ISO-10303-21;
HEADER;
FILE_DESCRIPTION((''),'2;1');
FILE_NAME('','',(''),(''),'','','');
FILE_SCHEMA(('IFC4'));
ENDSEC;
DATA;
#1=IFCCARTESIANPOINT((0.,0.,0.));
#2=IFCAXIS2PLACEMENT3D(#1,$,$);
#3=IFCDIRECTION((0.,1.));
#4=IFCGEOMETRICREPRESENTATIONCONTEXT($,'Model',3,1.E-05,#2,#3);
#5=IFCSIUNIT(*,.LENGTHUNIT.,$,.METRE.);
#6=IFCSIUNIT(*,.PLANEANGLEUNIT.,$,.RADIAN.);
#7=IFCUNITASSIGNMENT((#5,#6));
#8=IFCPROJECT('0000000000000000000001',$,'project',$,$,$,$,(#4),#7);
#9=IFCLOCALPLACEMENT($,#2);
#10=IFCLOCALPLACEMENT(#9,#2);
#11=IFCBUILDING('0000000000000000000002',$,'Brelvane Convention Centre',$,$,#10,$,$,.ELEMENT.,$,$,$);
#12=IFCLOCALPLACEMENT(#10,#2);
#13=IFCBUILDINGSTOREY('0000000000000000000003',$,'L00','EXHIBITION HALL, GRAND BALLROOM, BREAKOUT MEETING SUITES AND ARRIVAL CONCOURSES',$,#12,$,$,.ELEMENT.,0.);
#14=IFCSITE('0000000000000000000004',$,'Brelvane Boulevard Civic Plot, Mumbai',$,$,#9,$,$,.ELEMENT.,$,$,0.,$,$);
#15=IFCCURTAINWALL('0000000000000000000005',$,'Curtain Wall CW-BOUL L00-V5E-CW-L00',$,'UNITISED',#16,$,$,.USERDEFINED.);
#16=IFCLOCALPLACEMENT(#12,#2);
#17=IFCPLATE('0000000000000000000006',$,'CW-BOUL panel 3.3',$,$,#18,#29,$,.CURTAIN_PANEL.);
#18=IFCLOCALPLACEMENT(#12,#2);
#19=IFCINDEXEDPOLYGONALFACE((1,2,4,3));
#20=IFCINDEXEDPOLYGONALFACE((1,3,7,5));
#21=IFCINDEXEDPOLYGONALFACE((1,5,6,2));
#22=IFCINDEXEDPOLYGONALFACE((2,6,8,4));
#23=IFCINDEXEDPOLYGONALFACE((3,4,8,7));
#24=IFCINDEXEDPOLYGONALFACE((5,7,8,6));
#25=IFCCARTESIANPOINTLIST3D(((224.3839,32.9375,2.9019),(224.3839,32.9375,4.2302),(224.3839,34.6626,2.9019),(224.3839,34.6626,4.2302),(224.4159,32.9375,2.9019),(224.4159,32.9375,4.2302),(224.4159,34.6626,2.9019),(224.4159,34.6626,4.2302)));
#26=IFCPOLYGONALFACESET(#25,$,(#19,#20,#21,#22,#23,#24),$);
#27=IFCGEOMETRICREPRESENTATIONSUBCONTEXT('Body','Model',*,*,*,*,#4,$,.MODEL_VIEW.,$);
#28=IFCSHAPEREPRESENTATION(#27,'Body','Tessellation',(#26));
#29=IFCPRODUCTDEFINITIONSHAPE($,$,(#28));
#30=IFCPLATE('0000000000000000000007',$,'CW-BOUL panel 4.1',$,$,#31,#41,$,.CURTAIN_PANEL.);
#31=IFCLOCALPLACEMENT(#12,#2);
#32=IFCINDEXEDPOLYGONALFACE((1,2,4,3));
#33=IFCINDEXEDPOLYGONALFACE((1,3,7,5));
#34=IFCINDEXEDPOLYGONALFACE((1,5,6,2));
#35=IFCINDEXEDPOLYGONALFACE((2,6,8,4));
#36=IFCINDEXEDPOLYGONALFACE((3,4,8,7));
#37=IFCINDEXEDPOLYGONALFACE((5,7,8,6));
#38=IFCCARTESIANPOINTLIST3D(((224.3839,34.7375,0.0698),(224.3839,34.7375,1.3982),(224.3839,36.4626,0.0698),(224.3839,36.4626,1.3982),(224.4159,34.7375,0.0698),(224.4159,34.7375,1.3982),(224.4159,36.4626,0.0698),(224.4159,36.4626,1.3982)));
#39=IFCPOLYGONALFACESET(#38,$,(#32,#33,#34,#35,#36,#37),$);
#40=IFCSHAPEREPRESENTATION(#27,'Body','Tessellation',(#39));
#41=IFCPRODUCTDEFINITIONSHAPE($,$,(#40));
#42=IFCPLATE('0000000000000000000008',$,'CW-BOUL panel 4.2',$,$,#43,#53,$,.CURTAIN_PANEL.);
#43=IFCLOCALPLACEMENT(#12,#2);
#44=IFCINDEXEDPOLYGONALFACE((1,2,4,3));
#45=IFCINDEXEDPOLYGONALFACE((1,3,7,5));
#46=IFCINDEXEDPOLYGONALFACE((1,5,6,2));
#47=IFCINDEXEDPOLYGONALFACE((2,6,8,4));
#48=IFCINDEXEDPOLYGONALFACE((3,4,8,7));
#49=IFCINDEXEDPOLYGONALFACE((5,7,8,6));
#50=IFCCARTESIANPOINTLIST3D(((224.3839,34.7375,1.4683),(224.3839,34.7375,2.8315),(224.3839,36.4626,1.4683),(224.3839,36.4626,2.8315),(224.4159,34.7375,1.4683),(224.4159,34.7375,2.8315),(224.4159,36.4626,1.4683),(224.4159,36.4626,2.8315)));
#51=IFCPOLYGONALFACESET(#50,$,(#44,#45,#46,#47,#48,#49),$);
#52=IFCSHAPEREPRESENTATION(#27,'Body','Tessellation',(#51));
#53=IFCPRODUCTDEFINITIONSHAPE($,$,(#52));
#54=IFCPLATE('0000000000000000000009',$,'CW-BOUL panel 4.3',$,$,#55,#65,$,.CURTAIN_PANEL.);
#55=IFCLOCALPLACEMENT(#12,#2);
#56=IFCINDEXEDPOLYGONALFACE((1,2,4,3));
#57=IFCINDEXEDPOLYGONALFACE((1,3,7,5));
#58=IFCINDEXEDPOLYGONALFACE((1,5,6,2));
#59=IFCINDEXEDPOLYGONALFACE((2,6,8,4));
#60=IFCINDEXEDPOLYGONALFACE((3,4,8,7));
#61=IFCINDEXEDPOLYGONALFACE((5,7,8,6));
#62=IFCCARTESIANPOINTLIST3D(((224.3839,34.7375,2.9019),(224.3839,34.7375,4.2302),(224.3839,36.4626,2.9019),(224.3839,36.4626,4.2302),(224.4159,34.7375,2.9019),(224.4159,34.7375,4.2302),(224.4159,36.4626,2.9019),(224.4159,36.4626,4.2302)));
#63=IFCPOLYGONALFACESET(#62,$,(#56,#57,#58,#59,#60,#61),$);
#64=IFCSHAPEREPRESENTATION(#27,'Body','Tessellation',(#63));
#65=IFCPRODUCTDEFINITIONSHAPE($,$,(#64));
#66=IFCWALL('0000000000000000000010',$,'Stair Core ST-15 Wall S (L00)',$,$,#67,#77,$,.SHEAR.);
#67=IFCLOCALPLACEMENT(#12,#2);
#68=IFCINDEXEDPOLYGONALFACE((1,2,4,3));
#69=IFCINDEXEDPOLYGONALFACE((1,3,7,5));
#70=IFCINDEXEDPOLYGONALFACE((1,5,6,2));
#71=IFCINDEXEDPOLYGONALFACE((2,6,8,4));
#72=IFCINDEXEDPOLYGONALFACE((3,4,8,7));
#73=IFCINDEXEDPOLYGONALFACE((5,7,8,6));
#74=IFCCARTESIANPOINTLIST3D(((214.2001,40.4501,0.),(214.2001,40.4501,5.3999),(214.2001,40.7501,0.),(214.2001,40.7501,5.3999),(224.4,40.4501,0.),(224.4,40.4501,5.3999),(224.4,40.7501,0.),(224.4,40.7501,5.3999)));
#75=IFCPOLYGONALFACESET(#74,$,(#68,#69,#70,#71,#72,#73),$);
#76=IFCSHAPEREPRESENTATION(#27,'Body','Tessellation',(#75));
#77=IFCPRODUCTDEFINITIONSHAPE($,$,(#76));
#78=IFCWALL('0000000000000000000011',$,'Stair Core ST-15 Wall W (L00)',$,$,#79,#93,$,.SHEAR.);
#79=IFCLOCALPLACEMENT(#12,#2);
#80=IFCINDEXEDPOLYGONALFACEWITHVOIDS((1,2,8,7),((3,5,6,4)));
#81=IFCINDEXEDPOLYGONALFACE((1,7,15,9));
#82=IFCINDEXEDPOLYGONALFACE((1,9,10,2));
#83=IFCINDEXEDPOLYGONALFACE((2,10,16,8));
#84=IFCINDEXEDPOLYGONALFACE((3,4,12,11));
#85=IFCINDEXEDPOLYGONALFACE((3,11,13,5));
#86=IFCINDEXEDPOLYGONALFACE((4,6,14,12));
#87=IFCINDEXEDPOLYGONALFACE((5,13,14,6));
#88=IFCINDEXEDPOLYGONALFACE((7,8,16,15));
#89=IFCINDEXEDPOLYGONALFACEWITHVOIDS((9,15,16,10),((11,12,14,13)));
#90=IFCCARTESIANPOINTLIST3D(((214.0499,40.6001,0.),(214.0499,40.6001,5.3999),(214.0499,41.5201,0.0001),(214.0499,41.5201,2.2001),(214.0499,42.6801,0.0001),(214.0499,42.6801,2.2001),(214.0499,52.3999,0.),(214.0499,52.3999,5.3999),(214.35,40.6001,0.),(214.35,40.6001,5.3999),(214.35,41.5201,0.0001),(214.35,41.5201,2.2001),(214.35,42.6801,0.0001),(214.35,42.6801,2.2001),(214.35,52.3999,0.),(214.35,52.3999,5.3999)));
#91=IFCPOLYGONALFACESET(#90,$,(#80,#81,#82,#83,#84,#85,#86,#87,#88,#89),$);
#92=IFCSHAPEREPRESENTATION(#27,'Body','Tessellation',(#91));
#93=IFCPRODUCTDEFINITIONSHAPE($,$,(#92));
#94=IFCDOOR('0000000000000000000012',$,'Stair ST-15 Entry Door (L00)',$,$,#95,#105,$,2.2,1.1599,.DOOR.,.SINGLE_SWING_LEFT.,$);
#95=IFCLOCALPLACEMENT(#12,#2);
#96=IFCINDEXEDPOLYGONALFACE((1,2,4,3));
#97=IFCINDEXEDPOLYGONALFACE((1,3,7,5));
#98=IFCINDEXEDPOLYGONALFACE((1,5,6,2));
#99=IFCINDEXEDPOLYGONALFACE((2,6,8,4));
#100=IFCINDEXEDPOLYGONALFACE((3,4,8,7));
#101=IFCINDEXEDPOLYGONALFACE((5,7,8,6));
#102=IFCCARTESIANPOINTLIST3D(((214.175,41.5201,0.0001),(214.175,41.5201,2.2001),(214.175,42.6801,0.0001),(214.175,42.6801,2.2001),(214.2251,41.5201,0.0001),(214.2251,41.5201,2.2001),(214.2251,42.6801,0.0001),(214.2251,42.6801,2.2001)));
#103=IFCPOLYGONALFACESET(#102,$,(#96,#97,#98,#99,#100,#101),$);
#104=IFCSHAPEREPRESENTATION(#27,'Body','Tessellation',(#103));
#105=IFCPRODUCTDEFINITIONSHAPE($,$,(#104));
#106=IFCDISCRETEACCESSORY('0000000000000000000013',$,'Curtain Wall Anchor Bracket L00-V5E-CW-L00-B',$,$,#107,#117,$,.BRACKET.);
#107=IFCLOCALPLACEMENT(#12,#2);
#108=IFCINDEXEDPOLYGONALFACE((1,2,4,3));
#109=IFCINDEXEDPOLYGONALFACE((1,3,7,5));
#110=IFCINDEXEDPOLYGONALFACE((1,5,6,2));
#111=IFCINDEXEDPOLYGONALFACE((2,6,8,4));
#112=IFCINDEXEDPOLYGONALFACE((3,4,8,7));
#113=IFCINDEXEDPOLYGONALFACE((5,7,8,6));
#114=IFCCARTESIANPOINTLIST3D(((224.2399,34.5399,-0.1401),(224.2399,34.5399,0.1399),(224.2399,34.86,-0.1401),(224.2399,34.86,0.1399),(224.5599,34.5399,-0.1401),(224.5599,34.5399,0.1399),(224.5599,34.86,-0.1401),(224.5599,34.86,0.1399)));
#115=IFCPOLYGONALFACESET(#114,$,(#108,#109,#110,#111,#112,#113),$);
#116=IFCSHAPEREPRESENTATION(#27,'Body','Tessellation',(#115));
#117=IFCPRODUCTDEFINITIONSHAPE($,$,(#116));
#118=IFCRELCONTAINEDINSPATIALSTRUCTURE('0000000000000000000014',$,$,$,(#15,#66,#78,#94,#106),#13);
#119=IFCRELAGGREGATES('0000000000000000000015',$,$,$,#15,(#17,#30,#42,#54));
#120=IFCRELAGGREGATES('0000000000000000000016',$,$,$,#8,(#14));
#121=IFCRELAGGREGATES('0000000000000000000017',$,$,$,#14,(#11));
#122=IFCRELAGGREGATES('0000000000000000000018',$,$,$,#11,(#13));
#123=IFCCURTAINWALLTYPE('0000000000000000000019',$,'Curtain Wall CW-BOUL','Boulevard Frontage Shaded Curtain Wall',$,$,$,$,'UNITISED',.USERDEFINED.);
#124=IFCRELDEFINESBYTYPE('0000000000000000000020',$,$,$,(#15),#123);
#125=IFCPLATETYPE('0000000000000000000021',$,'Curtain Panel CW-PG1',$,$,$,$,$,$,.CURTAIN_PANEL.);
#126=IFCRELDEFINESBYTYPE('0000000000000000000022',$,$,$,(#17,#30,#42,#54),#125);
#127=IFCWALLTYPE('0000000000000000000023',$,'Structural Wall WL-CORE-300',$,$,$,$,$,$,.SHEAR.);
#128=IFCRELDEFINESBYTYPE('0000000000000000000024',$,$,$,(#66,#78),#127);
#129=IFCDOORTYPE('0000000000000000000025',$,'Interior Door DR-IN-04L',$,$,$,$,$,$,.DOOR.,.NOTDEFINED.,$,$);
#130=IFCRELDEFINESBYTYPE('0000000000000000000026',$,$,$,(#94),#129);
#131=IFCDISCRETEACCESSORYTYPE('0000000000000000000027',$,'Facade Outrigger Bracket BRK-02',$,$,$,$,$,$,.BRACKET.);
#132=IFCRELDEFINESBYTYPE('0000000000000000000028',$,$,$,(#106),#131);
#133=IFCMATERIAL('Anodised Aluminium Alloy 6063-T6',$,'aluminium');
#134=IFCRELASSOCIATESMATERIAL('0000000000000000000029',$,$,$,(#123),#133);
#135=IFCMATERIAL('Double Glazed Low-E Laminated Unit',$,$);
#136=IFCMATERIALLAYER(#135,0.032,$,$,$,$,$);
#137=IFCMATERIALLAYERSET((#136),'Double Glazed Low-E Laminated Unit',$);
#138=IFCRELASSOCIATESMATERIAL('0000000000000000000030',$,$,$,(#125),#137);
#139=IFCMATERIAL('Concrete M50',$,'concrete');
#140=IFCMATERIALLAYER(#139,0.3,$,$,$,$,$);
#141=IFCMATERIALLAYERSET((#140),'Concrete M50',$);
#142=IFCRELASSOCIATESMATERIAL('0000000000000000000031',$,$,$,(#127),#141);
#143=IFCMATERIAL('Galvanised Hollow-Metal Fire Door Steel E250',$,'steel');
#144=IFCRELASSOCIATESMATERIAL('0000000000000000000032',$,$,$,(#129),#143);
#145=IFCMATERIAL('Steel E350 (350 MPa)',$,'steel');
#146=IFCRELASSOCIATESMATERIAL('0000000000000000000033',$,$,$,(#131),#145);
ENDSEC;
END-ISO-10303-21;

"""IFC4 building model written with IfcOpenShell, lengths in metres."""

from ifc_helpers import new_model, si_unit, direction, frame, frame_2d, origin, origin_2d, place, context, subcontext, project, spatial, rectangle, extrude, material, layer, layer_set, type_object, element, fill, aggregate, save


model = new_model("IFC4")

# Units and contexts
model_context = context("Model", 3, precision=1e-05, world=origin(), true_north=direction((0.0, 1.0)))
body_context = subcontext(model_context, "Body", "Model", "MODEL_VIEW")
ifc_project = project(units=[si_unit("LENGTHUNIT", "METRE"), si_unit("PLANEANGLEUNIT", "RADIAN")], contexts=[model_context])

# Site, building, storey
site_placement = place(None, origin())
site = spatial("IfcSite", under=ifc_project, at=site_placement, Name="Brelvane Boulevard Civic Plot, Mumbai", CompositionType="ELEMENT", RefElevation=0.0)
building_placement = place(site_placement, origin())
building = spatial("IfcBuilding", under=site, at=building_placement, Name="Brelvane Convention Centre", CompositionType="ELEMENT")
storey_placement = place(building_placement, origin())
storey = spatial("IfcBuildingStorey", under=building, at=storey_placement, Name="L00", Description="EXHIBITION HALL, GRAND BALLROOM, BREAKOUT MEETING SUITES AND ARRIVAL CONCOURSES", CompositionType="ELEMENT", Elevation=0.0)

# Curtain wall
ifc_material_1 = material(Name="Anodised Aluminium Alloy 6063-T6", Category="aluminium")
curtain_wall_type = type_object("IfcCurtainWallType", Name="Curtain Wall CW-BOUL", Description="Boulevard Frontage Shaded Curtain Wall", ElementType="UNITISED", PredefinedType="USERDEFINED", material=ifc_material_1)
curtain_wall_placement = place(storey_placement, origin())
curtain_wall = element("IfcCurtainWall", 1, at=curtain_wall_placement, inside=storey, type_object=curtain_wall_type, Name="Curtain Wall CW-BOUL L00-V5E-CW-L00", ObjectType="UNITISED", PredefinedType="USERDEFINED")

# Plates
ifc_material_2 = material(Name="Double Glazed Low-E Laminated Unit")
ifc_layer_1 = layer(ifc_material_2, 0.032)
ifc_layer_set_1 = layer_set([ifc_layer_1], Name="Double Glazed Low-E Laminated Unit")
plate_type = type_object("IfcPlateType", Name="Curtain Panel CW-PG1", PredefinedType="CURTAIN_PANEL", material=ifc_layer_set_1)
plate_1_placement = place(storey_placement, frame((224.3999, 33.8, 2.9019), z_axis=(0.0, 0.0, 1.0), x_axis=(0.0, 1.0, 0.0)))
plate_1 = element("IfcPlate", 2, at=plate_1_placement, type_object=plate_type, Name="CW-BOUL panel 3.3", PredefinedType="CURTAIN_PANEL", context=body_context, shape_type="SweptSolid", body=[
    extrude(rectangle(XDim=1.7251, YDim=0.032, at=origin_2d()), origin(), (0.0, 0.0, 1.0), 1.3284),
])
plate_2_placement = place(storey_placement, frame((224.3999, 35.6001, 0.0698), z_axis=(0.0, 0.0, 1.0), x_axis=(0.0, 1.0, 0.0)))
plate_2 = element("IfcPlate", 3, at=plate_2_placement, type_object=plate_type, Name="CW-BOUL panel 4.1", PredefinedType="CURTAIN_PANEL", context=body_context, shape_type="SweptSolid", body=[
    extrude(rectangle(XDim=1.7251, YDim=0.032, at=origin_2d()), origin(), (0.0, 0.0, 1.0), 1.3284),
])
plate_3_placement = place(storey_placement, frame((224.3999, 35.6001, 1.4683), z_axis=(0.0, 0.0, 1.0), x_axis=(0.0, 1.0, 0.0)))
plate_3 = element("IfcPlate", 4, at=plate_3_placement, type_object=plate_type, Name="CW-BOUL panel 4.2", PredefinedType="CURTAIN_PANEL", context=body_context, shape_type="SweptSolid", body=[
    extrude(rectangle(XDim=1.7251, YDim=0.032, at=origin_2d()), origin(), (0.0, 0.0, 1.0), 1.3633),
])
plate_4_placement = place(storey_placement, frame((224.3999, 35.6001, 2.9019), z_axis=(0.0, 0.0, 1.0), x_axis=(0.0, 1.0, 0.0)))
plate_4 = element("IfcPlate", 5, at=plate_4_placement, type_object=plate_type, Name="CW-BOUL panel 4.3", PredefinedType="CURTAIN_PANEL", context=body_context, shape_type="SweptSolid", body=[
    extrude(rectangle(XDim=1.7251, YDim=0.032, at=origin_2d()), origin(), (0.0, 0.0, 1.0), 1.3284),
])
aggregate(curtain_wall, [plate_1, plate_2, plate_3, plate_4])

# Wall
ifc_material_3 = material(Name="Concrete M50", Category="concrete")
ifc_layer_2 = layer(ifc_material_3, 0.3)
ifc_layer_set_2 = layer_set([ifc_layer_2], Name="Concrete M50")
wall_type = type_object("IfcWallType", Name="Structural Wall WL-CORE-300", PredefinedType="SHEAR", material=ifc_layer_set_2)
wall_1_placement = place(storey_placement, frame((214.2, 40.6001, 0.0), z_axis=(0.0, 0.0, 1.0), x_axis=(1.0, 0.0, 0.0)))
element("IfcWall", 6, at=wall_1_placement, inside=storey, type_object=wall_type, Name="Stair Core ST-15 Wall S (L00)", PredefinedType="SHEAR", context=body_context, shape_type="SweptSolid", body=[
    extrude(rectangle(XDim=10.2, YDim=0.3, at=frame_2d((5.1001, 0.0))), origin(), (0.0, 0.0, 1.0), 5.3999),
])

# Wall, opening, door
wall_2_placement = place(storey_placement, frame((214.2, 40.6001, 0.0), z_axis=(0.0, 0.0, 1.0), x_axis=(0.0, 1.0, 0.0)))
wall_2 = element("IfcWall", 7, at=wall_2_placement, inside=storey, type_object=wall_type, Name="Stair Core ST-15 Wall W (L00)", PredefinedType="SHEAR", context=body_context, shape_type="SweptSolid", body=[
    extrude(rectangle(XDim=11.7998, YDim=0.3, at=frame_2d((5.8999, 0.0))), origin(), (0.0, 0.0, 1.0), 5.3999),
])
opening_placement = place(wall_2_placement, frame((0.9199, 0.0, 0.0)))
opening = element("IfcOpeningElement", 8, at=opening_placement, cuts=wall_2, PredefinedType="OPENING", context=body_context, shape_type="SweptSolid", body=[
    extrude(rectangle(XDim=1.1599, YDim=2.2, at=frame_2d((0.5801, 1.1001))), frame((0.0, 0.1599, 0.0), z_axis=(0.0, -1.0, 0.0), x_axis=(1.0, 0.0, 0.0)), (0.0, 0.0, 1.0), 0.3201),
])
ifc_material_4 = material(Name="Galvanised Hollow-Metal Fire Door Steel E250", Category="steel")
door_type = type_object("IfcDoorType", Name="Interior Door DR-IN-04L", OperationType="NOTDEFINED", PredefinedType="DOOR", material=ifc_material_4)
door_placement = place(opening_placement, origin())
door = element("IfcDoor", 9, at=door_placement, inside=storey, type_object=door_type, Name="Stair ST-15 Entry Door (L00)", OperationType="SINGLE_SWING_LEFT", OverallHeight=2.2, OverallWidth=1.1599, PredefinedType="DOOR", context=body_context, shape_type="SweptSolid", body=[
    extrude(rectangle(XDim=1.1599, YDim=2.2, at=frame_2d((0.5801, 1.1001))), frame((0.0, 0.0249, 0.0), z_axis=(0.0, -1.0, 0.0), x_axis=(1.0, 0.0, 0.0)), (0.0, 0.0, 1.0), 0.05),
])
fill(opening, door)

# Discrete accessory
ifc_material_5 = material(Name="Steel E350 (350 MPa)", Category="steel")
discrete_accessory_type = type_object("IfcDiscreteAccessoryType", Name="Facade Outrigger Bracket BRK-02", PredefinedType="BRACKET", material=ifc_material_5)
discrete_accessory_placement = place(storey_placement, frame((224.3999, 34.7, -0.1401), z_axis=(0.0, 0.0, 1.0), x_axis=(1.0, 0.0, 0.0)))
element("IfcDiscreteAccessory", 10, at=discrete_accessory_placement, inside=storey, type_object=discrete_accessory_type, Name="Curtain Wall Anchor Bracket L00-V5E-CW-L00-B", PredefinedType="BRACKET", context=body_context, shape_type="SweptSolid", body=[
    extrude(rectangle(XDim=0.3201, YDim=0.3201, at=origin_2d()), origin(), (0.0, 0.0, 1.0), 0.28),
])

save(model, "model.ifc")
